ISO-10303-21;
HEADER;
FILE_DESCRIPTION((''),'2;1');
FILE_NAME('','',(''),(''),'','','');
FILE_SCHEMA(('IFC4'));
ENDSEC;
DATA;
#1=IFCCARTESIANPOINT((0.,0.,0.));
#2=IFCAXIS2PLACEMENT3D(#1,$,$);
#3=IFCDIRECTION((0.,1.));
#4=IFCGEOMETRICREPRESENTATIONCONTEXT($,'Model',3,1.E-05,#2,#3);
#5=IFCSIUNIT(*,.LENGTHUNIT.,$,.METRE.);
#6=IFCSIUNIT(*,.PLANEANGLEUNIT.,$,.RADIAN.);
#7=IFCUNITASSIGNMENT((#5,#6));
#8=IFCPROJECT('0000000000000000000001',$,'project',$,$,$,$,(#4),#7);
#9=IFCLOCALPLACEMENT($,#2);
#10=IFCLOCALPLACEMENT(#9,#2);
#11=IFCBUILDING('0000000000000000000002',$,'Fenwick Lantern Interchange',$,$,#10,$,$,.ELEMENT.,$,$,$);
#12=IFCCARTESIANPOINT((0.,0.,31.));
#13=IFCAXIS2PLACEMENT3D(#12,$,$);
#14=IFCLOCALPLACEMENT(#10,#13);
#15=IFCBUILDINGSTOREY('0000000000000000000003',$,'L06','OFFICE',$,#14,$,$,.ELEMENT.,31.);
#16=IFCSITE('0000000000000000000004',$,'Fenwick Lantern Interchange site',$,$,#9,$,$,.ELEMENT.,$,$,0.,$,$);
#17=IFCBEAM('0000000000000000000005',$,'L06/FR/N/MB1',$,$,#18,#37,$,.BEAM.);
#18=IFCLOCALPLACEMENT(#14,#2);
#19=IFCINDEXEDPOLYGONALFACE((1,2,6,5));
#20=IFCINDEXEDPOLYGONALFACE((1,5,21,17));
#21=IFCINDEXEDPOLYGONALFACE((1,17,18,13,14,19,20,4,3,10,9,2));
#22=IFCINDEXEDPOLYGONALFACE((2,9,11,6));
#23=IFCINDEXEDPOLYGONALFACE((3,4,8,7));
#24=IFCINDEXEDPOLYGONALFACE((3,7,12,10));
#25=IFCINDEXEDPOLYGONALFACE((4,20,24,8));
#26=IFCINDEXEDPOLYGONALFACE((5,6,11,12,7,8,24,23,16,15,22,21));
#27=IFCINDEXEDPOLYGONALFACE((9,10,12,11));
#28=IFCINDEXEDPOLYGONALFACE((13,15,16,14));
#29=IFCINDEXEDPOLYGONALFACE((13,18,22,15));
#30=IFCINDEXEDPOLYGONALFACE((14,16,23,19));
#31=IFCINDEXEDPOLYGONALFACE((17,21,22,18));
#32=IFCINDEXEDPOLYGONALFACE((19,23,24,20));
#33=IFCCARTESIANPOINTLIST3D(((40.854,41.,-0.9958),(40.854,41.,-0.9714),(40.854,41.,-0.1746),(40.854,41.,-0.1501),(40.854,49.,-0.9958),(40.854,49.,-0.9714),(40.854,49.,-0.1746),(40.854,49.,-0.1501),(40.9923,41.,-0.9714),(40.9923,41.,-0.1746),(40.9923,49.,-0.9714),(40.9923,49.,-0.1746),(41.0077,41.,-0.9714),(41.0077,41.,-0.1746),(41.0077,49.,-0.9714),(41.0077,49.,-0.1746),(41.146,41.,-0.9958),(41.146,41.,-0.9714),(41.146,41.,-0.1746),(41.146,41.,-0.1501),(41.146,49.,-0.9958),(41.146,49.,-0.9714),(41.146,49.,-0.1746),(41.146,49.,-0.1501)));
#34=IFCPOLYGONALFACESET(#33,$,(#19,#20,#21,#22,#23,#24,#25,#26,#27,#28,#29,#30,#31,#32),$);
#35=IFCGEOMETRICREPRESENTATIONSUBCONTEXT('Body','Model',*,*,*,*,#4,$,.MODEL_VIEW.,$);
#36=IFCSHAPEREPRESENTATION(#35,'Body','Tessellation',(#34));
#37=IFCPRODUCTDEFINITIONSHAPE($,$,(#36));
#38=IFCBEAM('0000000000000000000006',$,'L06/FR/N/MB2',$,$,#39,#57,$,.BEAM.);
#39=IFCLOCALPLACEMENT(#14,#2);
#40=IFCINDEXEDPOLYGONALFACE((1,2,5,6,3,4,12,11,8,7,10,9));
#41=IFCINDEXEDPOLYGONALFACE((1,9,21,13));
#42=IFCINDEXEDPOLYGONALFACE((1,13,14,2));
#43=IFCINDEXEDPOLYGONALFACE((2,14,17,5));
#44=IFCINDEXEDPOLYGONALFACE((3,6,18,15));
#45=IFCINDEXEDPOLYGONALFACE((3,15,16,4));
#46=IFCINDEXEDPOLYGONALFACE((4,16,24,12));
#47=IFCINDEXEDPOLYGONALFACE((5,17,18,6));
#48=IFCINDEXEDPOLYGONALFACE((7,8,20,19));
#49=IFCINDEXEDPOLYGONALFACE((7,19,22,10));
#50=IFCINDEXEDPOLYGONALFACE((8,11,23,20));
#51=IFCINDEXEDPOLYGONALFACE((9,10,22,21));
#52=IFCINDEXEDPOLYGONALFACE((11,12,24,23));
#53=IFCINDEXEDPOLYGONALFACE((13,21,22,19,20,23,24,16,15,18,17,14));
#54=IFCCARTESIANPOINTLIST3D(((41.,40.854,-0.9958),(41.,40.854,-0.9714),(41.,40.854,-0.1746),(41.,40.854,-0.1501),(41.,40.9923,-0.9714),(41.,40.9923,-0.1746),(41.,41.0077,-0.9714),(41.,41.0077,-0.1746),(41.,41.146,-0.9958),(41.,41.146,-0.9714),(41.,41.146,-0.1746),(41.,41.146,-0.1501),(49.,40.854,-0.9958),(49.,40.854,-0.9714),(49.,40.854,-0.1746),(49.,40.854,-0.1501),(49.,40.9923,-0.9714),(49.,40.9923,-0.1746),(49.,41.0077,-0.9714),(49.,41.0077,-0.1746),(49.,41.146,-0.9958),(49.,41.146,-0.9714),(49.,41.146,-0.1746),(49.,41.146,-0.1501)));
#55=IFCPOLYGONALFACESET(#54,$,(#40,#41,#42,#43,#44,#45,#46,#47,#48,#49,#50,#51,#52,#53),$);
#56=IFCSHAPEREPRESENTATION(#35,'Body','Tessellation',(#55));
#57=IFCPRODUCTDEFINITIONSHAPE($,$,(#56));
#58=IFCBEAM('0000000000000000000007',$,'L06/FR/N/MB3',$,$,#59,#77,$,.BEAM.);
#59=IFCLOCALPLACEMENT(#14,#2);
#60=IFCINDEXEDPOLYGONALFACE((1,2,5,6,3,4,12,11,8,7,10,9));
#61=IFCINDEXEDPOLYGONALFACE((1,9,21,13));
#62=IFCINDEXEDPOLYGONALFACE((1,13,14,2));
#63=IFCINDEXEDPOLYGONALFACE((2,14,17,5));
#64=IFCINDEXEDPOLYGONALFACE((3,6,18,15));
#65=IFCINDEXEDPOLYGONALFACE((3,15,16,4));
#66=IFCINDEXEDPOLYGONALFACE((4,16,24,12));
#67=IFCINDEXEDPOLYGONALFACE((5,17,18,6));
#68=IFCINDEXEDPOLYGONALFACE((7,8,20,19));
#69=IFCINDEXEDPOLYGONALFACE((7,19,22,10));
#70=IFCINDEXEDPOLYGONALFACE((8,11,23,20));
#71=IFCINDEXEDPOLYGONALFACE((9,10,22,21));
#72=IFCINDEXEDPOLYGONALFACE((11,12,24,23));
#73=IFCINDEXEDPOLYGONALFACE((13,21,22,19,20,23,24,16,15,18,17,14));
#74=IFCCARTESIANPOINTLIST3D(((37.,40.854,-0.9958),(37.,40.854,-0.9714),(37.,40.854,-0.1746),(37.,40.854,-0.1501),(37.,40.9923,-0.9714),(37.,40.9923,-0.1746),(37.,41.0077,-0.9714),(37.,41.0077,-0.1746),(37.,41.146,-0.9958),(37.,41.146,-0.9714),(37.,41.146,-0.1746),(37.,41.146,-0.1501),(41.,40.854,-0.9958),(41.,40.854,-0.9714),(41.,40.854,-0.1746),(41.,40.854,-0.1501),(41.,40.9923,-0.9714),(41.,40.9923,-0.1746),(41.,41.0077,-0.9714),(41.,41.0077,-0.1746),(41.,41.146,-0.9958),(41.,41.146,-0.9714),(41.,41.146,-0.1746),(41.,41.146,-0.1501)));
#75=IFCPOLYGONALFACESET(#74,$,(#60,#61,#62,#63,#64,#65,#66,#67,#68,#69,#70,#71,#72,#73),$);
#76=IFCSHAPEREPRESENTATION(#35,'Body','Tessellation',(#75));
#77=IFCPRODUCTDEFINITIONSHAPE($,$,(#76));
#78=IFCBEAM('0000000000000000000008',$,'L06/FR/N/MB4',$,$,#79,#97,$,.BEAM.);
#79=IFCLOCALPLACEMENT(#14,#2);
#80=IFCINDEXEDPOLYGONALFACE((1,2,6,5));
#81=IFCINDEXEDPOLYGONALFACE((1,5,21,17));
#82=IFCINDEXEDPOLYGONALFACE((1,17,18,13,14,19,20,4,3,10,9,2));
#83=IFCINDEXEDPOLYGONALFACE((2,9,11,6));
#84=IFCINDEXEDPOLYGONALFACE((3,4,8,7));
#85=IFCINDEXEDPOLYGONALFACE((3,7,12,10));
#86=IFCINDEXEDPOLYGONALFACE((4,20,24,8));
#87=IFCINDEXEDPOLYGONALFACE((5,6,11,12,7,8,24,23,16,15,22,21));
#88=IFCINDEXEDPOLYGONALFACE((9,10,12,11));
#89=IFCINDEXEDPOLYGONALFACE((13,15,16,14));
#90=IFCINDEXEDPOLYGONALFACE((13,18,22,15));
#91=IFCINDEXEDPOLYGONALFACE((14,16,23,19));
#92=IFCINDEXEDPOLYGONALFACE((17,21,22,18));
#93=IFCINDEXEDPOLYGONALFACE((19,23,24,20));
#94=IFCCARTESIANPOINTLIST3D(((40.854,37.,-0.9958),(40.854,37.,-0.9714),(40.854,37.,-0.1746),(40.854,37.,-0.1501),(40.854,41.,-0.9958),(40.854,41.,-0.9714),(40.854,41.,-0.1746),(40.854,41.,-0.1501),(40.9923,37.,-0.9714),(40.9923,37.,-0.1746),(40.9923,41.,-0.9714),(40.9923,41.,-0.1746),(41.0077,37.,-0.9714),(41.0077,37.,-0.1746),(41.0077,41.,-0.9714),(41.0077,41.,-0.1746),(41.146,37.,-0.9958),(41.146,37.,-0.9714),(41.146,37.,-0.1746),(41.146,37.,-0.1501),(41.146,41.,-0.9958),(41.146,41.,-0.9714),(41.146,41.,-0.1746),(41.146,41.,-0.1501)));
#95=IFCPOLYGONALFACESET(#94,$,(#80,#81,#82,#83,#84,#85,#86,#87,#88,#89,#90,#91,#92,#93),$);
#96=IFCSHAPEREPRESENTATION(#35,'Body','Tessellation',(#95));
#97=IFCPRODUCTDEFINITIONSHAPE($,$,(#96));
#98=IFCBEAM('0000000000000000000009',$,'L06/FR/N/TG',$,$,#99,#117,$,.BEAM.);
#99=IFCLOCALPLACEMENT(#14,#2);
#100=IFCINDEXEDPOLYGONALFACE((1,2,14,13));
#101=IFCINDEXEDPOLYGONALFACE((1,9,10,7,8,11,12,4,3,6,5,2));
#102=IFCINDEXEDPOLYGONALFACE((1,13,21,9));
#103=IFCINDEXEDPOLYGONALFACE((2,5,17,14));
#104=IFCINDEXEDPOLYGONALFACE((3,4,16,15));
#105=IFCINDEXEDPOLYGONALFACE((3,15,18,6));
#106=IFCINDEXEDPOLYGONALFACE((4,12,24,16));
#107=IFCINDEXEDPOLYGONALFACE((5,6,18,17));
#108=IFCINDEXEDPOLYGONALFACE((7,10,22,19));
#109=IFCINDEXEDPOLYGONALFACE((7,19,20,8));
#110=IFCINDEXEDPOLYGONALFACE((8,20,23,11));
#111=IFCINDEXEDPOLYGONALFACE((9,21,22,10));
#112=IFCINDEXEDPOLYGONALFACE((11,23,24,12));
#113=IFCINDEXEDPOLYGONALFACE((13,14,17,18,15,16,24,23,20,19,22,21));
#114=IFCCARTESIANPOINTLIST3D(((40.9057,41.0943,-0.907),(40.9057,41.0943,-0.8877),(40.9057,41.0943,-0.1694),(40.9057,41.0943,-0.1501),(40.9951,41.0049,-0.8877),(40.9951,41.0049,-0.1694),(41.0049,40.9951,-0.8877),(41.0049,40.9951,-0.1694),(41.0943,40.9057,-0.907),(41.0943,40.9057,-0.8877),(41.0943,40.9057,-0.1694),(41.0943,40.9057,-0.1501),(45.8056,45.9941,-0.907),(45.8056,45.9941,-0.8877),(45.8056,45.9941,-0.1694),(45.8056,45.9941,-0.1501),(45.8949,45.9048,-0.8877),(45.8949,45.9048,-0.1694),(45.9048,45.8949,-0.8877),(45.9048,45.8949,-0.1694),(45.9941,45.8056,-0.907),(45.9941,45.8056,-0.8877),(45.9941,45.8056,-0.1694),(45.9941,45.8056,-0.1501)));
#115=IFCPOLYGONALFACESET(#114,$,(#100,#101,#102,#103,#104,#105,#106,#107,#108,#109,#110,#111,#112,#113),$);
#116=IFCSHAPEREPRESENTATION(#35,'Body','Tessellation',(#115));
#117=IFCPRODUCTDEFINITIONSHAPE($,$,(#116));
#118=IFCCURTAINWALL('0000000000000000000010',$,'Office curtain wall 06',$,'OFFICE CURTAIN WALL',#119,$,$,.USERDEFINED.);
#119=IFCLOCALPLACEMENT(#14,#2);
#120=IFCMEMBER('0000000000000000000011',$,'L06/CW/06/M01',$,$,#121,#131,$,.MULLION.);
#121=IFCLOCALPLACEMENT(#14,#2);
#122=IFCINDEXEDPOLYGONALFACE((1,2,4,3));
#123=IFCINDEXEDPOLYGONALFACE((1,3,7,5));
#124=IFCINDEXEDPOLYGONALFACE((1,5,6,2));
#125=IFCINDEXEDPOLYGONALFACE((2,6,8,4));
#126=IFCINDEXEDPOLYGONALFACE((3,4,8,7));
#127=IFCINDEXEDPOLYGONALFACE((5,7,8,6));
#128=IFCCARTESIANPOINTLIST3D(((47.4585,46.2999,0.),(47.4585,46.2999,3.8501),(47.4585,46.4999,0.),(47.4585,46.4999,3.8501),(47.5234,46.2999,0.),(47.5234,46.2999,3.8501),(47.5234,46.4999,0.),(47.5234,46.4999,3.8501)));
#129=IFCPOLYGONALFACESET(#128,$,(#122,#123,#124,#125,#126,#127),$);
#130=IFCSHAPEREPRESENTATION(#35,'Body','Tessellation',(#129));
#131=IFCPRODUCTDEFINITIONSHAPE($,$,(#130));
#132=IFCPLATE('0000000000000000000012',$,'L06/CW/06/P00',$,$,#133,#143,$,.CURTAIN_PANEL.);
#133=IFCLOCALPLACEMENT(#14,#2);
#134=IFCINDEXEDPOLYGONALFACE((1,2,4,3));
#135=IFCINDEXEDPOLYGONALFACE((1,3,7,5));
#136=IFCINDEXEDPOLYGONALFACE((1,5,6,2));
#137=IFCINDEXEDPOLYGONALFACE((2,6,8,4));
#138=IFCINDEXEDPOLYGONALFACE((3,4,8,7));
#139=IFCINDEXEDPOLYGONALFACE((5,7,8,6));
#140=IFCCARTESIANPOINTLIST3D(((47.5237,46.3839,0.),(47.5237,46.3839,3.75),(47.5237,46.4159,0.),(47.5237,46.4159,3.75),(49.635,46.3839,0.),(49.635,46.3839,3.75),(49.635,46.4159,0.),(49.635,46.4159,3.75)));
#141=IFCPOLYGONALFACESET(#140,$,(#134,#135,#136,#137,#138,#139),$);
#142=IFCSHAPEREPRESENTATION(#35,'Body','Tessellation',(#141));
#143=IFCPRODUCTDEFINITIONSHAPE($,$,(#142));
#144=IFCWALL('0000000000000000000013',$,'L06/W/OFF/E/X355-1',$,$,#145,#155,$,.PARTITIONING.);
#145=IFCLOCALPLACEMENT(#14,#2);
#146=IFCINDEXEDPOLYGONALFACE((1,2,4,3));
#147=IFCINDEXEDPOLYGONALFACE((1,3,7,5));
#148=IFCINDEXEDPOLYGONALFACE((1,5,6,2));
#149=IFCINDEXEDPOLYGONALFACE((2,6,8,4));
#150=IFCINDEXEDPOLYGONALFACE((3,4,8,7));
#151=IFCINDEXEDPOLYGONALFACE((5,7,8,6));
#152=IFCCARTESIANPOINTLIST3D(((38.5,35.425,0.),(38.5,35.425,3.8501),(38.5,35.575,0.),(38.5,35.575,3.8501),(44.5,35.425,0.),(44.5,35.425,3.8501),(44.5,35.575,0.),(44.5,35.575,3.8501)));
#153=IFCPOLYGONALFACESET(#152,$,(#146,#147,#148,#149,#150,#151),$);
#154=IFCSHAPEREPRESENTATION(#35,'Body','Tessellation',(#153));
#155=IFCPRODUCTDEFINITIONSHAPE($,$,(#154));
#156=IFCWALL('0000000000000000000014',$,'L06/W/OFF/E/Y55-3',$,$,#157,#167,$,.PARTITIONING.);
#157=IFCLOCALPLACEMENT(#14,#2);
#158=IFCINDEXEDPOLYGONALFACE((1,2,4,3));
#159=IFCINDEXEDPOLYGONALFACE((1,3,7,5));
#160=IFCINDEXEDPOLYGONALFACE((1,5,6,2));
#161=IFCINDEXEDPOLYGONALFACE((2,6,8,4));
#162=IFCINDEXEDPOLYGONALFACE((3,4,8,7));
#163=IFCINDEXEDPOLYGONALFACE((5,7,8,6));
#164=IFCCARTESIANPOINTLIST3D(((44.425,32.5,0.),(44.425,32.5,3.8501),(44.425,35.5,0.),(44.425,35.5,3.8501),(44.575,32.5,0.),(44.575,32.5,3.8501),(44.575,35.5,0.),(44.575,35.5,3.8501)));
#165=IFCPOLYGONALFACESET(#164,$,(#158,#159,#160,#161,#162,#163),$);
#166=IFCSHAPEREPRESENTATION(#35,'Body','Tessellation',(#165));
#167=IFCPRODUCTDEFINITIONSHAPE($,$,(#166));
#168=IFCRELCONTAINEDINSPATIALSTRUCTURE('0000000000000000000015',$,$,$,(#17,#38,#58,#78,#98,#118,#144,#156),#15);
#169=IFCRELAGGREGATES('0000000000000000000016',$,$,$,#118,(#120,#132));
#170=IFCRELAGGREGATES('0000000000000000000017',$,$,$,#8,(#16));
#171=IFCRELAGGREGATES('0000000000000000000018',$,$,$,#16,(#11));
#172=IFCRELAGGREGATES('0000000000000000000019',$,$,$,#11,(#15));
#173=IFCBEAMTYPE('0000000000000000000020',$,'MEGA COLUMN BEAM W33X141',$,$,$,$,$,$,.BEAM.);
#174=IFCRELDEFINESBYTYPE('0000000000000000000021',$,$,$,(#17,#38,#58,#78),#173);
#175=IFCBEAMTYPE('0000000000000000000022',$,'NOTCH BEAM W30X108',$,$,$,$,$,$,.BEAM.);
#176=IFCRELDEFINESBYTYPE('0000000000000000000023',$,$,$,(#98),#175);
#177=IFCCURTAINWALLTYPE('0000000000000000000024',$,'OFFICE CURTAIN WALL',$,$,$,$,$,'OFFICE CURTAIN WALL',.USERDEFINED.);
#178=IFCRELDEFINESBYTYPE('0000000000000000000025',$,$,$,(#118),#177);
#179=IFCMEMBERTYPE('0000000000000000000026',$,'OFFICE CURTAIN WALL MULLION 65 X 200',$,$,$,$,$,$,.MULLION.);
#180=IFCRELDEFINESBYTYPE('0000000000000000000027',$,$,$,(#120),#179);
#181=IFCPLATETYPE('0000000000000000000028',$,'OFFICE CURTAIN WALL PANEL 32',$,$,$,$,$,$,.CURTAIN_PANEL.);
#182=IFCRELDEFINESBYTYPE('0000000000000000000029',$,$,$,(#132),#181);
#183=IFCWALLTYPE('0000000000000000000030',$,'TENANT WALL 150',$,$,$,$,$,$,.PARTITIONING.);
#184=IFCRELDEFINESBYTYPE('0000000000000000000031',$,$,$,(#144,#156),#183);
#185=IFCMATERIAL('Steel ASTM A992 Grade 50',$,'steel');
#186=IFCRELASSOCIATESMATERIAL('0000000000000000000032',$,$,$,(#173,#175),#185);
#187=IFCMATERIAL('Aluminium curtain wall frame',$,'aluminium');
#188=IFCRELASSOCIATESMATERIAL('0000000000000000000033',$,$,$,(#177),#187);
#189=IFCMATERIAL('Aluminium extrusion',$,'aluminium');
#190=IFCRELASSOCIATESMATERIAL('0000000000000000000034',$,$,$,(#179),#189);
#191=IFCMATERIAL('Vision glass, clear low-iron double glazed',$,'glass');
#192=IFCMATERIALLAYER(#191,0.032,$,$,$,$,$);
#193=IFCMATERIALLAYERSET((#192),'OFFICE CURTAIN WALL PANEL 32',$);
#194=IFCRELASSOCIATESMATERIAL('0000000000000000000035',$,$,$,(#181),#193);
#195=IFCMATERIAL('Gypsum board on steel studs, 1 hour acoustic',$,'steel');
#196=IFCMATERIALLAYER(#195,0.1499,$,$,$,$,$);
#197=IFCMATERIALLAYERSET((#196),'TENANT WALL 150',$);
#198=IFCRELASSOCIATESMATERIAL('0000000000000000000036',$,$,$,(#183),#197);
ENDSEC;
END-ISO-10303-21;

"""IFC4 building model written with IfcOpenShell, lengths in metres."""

from ifc_helpers import new_model, si_unit, direction, frame, frame_2d, origin, origin_2d, place, context, subcontext, project, spatial, rectangle, i_section, extrude, material, layer, layer_set, material_profile, profile_set, type_object, element, aggregate, save


model = new_model("IFC4")

# Units and contexts
model_context = context("Model", 3, precision=1e-05, world=origin(), true_north=direction((0.0, 1.0)))
body_context = subcontext(model_context, "Body", "Model", "MODEL_VIEW")
ifc_project = project(units=[si_unit("LENGTHUNIT", "METRE"), si_unit("PLANEANGLEUNIT", "RADIAN")], contexts=[model_context])

# Site, building, storey
site_placement = place(None, origin())
site = spatial("IfcSite", under=ifc_project, at=site_placement, Name="Fenwick Lantern Interchange site", CompositionType="ELEMENT", RefElevation=0.0)
building_placement = place(site_placement, origin())
building = spatial("IfcBuilding", under=site, at=building_placement, Name="Fenwick Lantern Interchange", CompositionType="ELEMENT")
storey_placement = place(building_placement, frame((0.0, 0.0, 31.0)))
storey = spatial("IfcBuildingStorey", under=building, at=storey_placement, Name="L06", Description="OFFICE", CompositionType="ELEMENT", Elevation=31.0)

# Beams
ifc_material_1 = material(Name="Steel ASTM A992 Grade 50", Category="steel")
ifc_material_profile_1 = material_profile(ifc_material_1, i_section(OverallWidth=0.292, OverallDepth=0.8457, WebThickness=0.0154, FlangeThickness=0.0244, at=origin_2d()), Name="W33X141")
ifc_profile_set_1 = profile_set([ifc_material_profile_1], Name="Steel ASTM A992 Grade 50")
beam_type_1 = type_object("IfcBeamType", Name="MEGA COLUMN BEAM W33X141", PredefinedType="BEAM", material=ifc_profile_set_1)
for number, where, z_axis, x_axis, name in (
    (1, (41.0, 41.0, -0.573), (0.0, 1.0, 0.0), (-1.0, 0.0, 0.0), "L06/FR/N/MB1"),
    (2, (41.0, 41.0, -0.573), (1.0, 0.0, 0.0), (0.0, 1.0, 0.0), "L06/FR/N/MB2"),
):
    element("IfcBeam", number, at=place(storey_placement, frame(where, z_axis=z_axis, x_axis=x_axis)), inside=storey, type_object=beam_type_1, Name=name, PredefinedType="BEAM", context=body_context, shape_type="SweptSolid", body=[
        extrude(i_section(OverallWidth=0.292, OverallDepth=0.8457, WebThickness=0.0154, FlangeThickness=0.0244, at=origin_2d()), origin(), (0.0, 0.0, 1.0), 8.0),
    ])
for number, where, z_axis, x_axis, name in (
    (3, (41.0, 41.0, -0.573), (-1.0, 0.0, 0.0), (0.0, -1.0, 0.0), "L06/FR/N/MB3"),
    (4, (41.0, 41.0, -0.573), (0.0, -1.0, 0.0), (1.0, 0.0, 0.0), "L06/FR/N/MB4"),
):
    element("IfcBeam", number, at=place(storey_placement, frame(where, z_axis=z_axis, x_axis=x_axis)), inside=storey, type_object=beam_type_1, Name=name, PredefinedType="BEAM", context=body_context, shape_type="SweptSolid", body=[
        extrude(i_section(OverallWidth=0.292, OverallDepth=0.8457, WebThickness=0.0154, FlangeThickness=0.0244, at=origin_2d()), origin(), (0.0, 0.0, 1.0), 4.0),
    ])
ifc_material_profile_2 = material_profile(ifc_material_1, i_section(OverallWidth=0.2666, OverallDepth=0.7568, WebThickness=0.0139, FlangeThickness=0.0193, at=origin_2d()), Name="W30X108")
ifc_profile_set_2 = profile_set([ifc_material_profile_2], Name="Steel ASTM A992 Grade 50")
beam_type_2 = type_object("IfcBeamType", Name="NOTCH BEAM W30X108", PredefinedType="BEAM", material=ifc_profile_set_2)
beam_1_placement = place(storey_placement, frame((41.0, 41.0, -0.5286), z_axis=(0.707107, 0.707107, 0.0), x_axis=(-0.707107, 0.707107, 0.0)))
element("IfcBeam", 5, at=beam_1_placement, inside=storey, type_object=beam_type_2, Name="L06/FR/N/TG", PredefinedType="BEAM", context=body_context, shape_type="SweptSolid", body=[
    extrude(i_section(OverallWidth=0.2666, OverallDepth=0.7568, WebThickness=0.0139, FlangeThickness=0.0193, at=origin_2d()), origin(), (0.0, 0.0, 1.0), 6.9294),
])

# Curtain wall, member, plate
ifc_material_2 = material(Name="Aluminium curtain wall frame", Category="aluminium")
curtain_wall_type = type_object("IfcCurtainWallType", Name="OFFICE CURTAIN WALL", ElementType="OFFICE CURTAIN WALL", PredefinedType="USERDEFINED", material=ifc_material_2)
curtain_wall_placement = place(storey_placement, origin())
curtain_wall = element("IfcCurtainWall", 6, at=curtain_wall_placement, inside=storey, type_object=curtain_wall_type, Name="Office curtain wall 06", ObjectType="OFFICE CURTAIN WALL", PredefinedType="USERDEFINED")
ifc_material_3 = material(Name="Aluminium extrusion", Category="aluminium")
ifc_material_profile_3 = material_profile(ifc_material_3, rectangle(XDim=0.2, YDim=0.0649, at=origin_2d()), Name="OFFICE CURTAIN WALL MULLION 65 X 200")
ifc_profile_set_3 = profile_set([ifc_material_profile_3], Name="Aluminium extrusion")
member_type = type_object("IfcMemberType", Name="OFFICE CURTAIN WALL MULLION 65 X 200", PredefinedType="MULLION", material=ifc_profile_set_3)
member_placement = place(storey_placement, frame((47.491, 46.3999, 0.0), z_axis=(0.0, 0.0, 1.0), x_axis=(0.0, -1.0, 0.0)))
member = element("IfcMember", 7, at=member_placement, type_object=member_type, Name="L06/CW/06/M01", PredefinedType="MULLION", context=body_context, shape_type="SweptSolid", body=[
    extrude(rectangle(XDim=0.2, YDim=0.0649, at=origin_2d()), origin(), (0.0, 0.0, 1.0), 3.8501),
])
ifc_material_4 = material(Name="Vision glass, clear low-iron double glazed", Category="glass")
ifc_layer_1 = layer(ifc_material_4, 0.032)
ifc_layer_set_1 = layer_set([ifc_layer_1], Name="OFFICE CURTAIN WALL PANEL 32")
plate_type = type_object("IfcPlateType", Name="OFFICE CURTAIN WALL PANEL 32", PredefinedType="CURTAIN_PANEL", material=ifc_layer_set_1)
plate_placement = place(storey_placement, frame((48.5793, 46.3999, 0.0), z_axis=(0.0, 0.0, 1.0), x_axis=(-1.0, 0.0, 0.0)))
plate = element("IfcPlate", 8, at=plate_placement, type_object=plate_type, Name="L06/CW/06/P00", PredefinedType="CURTAIN_PANEL", context=body_context, shape_type="SweptSolid", body=[
    extrude(rectangle(XDim=2.1113, YDim=0.032, at=origin_2d()), origin(), (0.0, 0.0, 1.0), 3.75),
])
aggregate(curtain_wall, [member, plate])

# Walls
ifc_material_5 = material(Name="Gypsum board on steel studs, 1 hour acoustic", Category="steel")
ifc_layer_2 = layer(ifc_material_5, 0.1499)
ifc_layer_set_2 = layer_set([ifc_layer_2], Name="TENANT WALL 150")
wall_type = type_object("IfcWallType", Name="TENANT WALL 150", PredefinedType="PARTITIONING", material=ifc_layer_set_2)
wall_1_placement = place(storey_placement, frame((44.5, 35.5, 0.0), z_axis=(0.0, 0.0, 1.0), x_axis=(-1.0, 0.0, 0.0)))
element("IfcWall", 9, at=wall_1_placement, inside=storey, type_object=wall_type, Name="L06/W/OFF/E/X355-1", PredefinedType="PARTITIONING", context=body_context, shape_type="SweptSolid", body=[
    extrude(rectangle(XDim=6.0, YDim=0.1499, at=frame_2d((3.0, 0.0))), origin(), (0.0, 0.0, 1.0), 3.8501),
])
wall_2_placement = place(storey_placement, frame((44.5, 32.5, 0.0), z_axis=(0.0, 0.0, 1.0), x_axis=(0.0, 1.0, 0.0)))
element("IfcWall", 10, at=wall_2_placement, inside=storey, type_object=wall_type, Name="L06/W/OFF/E/Y55-3", PredefinedType="PARTITIONING", context=body_context, shape_type="SweptSolid", body=[
    extrude(rectangle(XDim=3.0, YDim=0.1499, at=frame_2d((1.5, 0.0))), origin(), (0.0, 0.0, 1.0), 3.8501),
])

save(model, "model.ifc")
